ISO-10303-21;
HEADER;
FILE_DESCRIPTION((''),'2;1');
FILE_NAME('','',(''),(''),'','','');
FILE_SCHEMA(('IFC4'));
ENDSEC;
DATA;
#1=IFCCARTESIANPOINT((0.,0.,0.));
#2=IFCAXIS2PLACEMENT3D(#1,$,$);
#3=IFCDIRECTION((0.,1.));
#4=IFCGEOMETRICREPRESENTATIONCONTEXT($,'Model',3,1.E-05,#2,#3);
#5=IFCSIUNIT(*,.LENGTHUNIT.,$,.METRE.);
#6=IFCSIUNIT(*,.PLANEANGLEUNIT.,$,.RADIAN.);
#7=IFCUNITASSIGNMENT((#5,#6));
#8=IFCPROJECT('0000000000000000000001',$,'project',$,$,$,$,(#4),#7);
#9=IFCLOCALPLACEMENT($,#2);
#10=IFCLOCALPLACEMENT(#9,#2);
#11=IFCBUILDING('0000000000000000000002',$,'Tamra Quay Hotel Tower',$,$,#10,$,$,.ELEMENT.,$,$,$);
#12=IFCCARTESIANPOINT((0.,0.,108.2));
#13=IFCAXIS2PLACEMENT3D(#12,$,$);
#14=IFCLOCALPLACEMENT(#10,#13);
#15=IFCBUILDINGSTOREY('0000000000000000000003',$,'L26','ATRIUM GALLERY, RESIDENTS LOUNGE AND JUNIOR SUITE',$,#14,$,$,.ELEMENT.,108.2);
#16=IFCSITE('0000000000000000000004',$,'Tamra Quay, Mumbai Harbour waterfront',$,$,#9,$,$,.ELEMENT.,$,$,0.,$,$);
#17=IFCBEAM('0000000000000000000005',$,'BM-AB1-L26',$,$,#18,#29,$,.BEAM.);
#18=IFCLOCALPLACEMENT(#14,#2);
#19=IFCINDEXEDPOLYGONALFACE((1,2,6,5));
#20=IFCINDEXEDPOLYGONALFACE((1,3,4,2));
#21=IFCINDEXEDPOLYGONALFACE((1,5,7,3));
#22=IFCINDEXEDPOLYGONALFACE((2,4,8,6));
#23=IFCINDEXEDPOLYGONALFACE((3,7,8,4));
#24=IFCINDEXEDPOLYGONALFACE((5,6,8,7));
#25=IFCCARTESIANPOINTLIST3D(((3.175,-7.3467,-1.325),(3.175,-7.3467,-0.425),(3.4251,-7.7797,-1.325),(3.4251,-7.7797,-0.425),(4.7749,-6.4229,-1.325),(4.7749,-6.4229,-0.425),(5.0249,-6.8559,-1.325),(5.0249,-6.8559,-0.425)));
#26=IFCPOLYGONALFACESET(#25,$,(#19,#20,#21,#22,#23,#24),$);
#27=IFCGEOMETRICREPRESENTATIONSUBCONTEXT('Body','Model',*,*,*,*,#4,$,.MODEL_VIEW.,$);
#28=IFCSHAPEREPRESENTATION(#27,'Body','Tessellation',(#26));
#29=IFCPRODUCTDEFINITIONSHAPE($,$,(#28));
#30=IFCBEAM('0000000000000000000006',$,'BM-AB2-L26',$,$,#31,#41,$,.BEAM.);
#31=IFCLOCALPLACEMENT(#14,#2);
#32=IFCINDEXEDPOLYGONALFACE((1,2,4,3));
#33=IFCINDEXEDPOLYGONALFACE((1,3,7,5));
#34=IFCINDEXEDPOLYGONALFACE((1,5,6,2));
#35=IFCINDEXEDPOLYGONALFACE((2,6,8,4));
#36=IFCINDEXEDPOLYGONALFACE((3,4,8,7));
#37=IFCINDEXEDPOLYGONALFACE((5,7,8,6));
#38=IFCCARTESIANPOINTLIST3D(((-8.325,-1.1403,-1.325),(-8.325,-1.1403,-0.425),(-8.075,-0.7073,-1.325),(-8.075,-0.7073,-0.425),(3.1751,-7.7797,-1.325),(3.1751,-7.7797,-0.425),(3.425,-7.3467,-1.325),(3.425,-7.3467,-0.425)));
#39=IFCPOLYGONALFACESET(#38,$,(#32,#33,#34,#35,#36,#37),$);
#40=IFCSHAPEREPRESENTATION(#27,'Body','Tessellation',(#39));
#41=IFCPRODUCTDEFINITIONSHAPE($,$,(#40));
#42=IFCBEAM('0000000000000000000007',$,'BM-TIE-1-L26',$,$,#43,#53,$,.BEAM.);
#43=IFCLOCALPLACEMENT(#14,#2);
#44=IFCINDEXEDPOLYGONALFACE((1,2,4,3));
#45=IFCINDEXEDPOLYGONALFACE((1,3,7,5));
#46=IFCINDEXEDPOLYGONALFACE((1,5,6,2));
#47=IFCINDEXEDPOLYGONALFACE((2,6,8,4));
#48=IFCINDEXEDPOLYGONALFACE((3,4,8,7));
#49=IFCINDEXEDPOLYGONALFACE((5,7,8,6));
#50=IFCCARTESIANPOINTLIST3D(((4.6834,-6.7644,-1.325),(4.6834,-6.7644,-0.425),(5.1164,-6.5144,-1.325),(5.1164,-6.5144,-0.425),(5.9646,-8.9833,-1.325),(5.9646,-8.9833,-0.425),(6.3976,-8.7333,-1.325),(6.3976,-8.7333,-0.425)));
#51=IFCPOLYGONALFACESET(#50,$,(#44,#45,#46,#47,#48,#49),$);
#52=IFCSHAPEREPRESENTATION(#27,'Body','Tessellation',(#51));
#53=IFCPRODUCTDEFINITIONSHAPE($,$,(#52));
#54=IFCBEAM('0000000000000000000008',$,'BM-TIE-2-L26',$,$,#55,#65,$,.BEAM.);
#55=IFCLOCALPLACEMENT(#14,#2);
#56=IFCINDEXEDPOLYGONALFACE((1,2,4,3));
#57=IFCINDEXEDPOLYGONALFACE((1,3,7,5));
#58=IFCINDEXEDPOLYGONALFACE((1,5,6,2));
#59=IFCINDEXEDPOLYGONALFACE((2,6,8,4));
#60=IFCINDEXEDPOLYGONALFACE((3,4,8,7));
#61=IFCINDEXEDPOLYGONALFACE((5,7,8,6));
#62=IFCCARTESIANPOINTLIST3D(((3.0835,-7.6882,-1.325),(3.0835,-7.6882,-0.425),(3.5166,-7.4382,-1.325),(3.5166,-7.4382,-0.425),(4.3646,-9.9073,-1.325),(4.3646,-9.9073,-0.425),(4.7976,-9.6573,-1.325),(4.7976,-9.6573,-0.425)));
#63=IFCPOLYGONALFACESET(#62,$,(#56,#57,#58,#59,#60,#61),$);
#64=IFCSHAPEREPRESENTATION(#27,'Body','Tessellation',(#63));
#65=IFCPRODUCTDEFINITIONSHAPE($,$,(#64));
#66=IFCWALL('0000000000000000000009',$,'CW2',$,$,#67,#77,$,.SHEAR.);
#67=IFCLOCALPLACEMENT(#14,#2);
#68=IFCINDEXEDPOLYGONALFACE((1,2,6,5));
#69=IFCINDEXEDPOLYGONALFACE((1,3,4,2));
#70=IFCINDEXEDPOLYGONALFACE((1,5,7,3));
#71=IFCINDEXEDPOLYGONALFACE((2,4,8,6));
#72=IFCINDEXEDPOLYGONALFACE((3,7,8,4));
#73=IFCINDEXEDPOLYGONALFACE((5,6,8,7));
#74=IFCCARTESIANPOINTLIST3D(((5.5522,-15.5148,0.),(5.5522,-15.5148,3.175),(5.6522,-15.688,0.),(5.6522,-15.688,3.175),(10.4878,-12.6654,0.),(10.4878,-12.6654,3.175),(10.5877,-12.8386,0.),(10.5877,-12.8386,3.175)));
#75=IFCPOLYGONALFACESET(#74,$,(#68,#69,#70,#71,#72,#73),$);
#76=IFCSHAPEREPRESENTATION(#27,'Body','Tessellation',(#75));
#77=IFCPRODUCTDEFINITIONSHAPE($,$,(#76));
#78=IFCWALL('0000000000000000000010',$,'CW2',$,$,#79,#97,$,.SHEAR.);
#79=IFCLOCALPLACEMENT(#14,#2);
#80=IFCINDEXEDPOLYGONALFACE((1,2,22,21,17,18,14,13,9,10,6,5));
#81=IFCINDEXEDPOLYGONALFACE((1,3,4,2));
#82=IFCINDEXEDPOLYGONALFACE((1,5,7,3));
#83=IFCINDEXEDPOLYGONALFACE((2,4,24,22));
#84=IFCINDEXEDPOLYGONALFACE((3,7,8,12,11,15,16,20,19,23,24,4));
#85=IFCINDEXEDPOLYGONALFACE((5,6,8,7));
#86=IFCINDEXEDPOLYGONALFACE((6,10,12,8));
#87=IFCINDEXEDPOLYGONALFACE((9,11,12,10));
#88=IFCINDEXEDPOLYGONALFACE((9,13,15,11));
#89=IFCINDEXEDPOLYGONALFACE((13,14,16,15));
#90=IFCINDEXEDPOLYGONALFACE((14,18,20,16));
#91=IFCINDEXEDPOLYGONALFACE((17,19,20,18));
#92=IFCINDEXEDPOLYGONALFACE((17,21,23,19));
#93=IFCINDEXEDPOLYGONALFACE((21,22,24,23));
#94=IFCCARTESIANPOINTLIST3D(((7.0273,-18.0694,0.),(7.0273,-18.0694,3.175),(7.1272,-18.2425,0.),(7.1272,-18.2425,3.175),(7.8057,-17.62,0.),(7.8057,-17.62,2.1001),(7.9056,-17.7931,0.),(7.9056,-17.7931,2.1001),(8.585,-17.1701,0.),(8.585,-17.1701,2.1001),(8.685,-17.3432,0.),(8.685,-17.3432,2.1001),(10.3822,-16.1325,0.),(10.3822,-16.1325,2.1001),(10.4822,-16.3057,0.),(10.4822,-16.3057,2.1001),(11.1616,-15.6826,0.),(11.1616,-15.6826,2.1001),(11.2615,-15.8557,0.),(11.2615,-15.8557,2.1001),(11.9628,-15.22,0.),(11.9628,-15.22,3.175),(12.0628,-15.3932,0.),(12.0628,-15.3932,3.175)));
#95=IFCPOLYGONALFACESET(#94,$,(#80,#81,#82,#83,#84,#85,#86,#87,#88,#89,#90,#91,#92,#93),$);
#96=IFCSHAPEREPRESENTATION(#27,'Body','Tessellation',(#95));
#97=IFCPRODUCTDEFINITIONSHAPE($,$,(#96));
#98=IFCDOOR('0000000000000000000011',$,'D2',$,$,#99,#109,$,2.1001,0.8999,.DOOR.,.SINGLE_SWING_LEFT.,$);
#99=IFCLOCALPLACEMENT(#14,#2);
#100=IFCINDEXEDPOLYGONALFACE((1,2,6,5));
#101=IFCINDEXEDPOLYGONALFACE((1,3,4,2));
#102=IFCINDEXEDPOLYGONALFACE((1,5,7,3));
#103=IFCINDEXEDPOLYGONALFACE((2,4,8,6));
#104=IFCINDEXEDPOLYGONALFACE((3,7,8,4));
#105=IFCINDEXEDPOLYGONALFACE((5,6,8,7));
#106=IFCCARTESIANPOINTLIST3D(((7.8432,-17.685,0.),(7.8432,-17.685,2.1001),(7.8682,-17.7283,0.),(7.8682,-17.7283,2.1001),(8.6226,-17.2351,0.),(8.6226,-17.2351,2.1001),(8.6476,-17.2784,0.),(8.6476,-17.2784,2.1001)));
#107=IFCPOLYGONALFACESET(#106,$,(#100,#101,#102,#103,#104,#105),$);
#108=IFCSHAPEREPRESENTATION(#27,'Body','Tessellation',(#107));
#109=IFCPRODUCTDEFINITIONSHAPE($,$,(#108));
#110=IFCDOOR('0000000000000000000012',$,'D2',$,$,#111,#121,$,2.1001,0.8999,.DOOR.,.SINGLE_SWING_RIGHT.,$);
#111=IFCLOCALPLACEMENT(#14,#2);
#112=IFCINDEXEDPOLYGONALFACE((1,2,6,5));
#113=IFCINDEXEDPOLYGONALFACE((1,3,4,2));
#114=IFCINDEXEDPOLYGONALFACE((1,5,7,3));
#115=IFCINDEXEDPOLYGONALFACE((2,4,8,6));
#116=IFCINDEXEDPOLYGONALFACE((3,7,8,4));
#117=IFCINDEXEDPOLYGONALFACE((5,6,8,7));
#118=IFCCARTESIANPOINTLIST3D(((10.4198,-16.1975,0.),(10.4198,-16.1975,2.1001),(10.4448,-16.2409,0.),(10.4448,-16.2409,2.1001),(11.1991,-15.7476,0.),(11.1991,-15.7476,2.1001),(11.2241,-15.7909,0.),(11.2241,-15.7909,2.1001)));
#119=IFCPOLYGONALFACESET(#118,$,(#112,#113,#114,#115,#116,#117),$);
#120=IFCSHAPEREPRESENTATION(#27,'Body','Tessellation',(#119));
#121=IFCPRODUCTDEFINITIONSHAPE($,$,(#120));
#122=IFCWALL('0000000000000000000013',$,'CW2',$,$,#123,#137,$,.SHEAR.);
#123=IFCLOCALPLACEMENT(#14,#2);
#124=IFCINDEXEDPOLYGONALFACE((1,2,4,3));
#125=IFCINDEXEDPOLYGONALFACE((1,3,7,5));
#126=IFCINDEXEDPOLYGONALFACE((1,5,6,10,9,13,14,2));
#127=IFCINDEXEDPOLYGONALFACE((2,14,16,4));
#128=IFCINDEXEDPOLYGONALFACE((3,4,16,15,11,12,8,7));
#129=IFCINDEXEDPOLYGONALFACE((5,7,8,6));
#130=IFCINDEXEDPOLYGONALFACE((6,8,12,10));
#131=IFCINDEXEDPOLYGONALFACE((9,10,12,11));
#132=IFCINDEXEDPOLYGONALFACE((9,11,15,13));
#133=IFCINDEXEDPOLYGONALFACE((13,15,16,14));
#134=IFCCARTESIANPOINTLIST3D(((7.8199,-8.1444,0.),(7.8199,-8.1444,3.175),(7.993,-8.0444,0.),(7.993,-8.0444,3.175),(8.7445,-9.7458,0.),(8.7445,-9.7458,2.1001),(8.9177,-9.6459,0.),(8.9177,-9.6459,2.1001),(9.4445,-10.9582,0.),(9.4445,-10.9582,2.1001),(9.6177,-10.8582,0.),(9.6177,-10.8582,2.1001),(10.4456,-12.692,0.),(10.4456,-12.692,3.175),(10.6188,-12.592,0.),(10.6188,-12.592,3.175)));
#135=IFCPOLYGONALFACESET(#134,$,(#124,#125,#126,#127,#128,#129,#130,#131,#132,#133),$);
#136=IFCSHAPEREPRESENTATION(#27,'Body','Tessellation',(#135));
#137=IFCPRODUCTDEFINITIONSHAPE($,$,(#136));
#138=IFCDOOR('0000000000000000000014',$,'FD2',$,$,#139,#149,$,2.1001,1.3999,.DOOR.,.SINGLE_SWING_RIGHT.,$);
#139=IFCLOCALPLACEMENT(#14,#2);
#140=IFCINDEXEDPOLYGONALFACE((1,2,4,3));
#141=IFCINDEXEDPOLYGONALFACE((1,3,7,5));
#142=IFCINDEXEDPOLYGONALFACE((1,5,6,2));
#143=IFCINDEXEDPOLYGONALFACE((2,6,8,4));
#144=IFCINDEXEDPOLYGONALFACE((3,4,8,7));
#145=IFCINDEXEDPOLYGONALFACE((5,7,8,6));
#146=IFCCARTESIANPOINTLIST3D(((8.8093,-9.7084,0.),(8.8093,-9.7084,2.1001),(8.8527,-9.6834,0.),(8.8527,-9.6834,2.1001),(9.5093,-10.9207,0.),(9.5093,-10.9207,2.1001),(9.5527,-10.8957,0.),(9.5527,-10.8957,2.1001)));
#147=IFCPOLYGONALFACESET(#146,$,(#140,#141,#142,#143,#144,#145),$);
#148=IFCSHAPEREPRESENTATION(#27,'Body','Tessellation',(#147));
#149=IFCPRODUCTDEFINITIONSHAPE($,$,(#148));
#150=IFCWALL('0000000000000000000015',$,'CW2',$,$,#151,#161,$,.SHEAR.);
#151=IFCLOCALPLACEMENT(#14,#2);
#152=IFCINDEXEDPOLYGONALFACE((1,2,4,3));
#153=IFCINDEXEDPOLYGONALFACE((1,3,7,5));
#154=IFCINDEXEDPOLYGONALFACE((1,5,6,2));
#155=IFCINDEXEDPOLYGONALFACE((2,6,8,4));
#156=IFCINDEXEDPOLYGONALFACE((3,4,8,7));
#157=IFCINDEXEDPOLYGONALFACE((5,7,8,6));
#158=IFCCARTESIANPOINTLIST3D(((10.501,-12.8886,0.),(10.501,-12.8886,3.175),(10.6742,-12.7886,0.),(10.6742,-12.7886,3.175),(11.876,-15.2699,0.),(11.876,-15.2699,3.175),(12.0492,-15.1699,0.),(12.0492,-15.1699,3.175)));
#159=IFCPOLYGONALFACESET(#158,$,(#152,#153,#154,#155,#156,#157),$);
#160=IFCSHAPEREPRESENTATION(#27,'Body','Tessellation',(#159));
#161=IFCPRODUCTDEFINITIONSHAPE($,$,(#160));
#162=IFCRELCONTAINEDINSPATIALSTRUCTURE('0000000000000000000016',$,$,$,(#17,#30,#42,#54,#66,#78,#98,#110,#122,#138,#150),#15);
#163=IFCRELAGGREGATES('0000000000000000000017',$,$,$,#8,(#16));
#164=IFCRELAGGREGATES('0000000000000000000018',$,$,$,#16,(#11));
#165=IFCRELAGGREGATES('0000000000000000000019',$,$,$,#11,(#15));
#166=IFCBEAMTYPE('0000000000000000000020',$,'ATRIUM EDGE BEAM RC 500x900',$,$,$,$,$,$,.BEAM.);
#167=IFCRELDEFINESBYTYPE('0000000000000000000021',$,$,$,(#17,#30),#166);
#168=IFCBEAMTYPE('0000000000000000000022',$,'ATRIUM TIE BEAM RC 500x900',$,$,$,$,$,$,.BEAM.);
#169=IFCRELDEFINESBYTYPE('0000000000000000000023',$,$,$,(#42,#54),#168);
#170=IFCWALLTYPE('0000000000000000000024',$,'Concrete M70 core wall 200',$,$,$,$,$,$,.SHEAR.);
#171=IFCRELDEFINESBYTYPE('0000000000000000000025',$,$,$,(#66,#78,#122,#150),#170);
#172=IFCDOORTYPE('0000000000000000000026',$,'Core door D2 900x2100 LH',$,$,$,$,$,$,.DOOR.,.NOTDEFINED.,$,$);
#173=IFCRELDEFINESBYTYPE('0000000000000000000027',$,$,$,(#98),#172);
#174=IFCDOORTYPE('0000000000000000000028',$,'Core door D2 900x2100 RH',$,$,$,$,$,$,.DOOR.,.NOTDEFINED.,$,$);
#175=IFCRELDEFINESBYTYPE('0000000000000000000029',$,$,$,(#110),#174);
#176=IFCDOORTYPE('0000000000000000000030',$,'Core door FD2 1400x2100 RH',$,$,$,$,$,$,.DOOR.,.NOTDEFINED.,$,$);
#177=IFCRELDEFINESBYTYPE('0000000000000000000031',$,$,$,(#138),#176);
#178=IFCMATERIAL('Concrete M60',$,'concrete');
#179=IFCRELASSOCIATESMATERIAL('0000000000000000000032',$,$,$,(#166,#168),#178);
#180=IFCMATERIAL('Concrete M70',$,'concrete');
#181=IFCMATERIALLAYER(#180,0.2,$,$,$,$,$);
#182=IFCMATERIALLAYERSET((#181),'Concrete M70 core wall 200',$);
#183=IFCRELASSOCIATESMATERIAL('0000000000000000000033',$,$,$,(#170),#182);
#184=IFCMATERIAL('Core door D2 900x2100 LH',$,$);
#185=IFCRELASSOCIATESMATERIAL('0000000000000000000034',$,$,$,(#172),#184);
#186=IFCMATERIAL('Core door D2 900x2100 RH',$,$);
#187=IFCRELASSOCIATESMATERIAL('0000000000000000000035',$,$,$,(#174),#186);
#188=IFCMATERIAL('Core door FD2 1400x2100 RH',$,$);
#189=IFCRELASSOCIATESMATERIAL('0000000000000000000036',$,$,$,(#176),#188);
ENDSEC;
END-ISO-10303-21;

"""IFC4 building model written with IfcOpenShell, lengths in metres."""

from ifc_helpers import new_model, si_unit, direction, frame, frame_2d, origin, origin_2d, place, context, subcontext, project, spatial, rectangle, extrude, material, layer, layer_set, material_profile, profile_set, type_object, element, fill, save


model = new_model("IFC4")

# Units and contexts
model_context = context("Model", 3, precision=1e-05, world=origin(), true_north=direction((0.0, 1.0)))
body_context = subcontext(model_context, "Body", "Model", "MODEL_VIEW")
ifc_project = project(units=[si_unit("LENGTHUNIT", "METRE"), si_unit("PLANEANGLEUNIT", "RADIAN")], contexts=[model_context])

# Site, building, storey
site_placement = place(None, origin())
site = spatial("IfcSite", under=ifc_project, at=site_placement, Name="Tamra Quay, Mumbai Harbour waterfront", CompositionType="ELEMENT", RefElevation=0.0)
building_placement = place(site_placement, origin())
building = spatial("IfcBuilding", under=site, at=building_placement, Name="Tamra Quay Hotel Tower", CompositionType="ELEMENT")
storey_placement = place(building_placement, frame((0.0, 0.0, 108.2)))
storey = spatial("IfcBuildingStorey", under=building, at=storey_placement, Name="L26", Description="ATRIUM GALLERY, RESIDENTS LOUNGE AND JUNIOR SUITE", CompositionType="ELEMENT", Elevation=108.2)

# Beams
ifc_material_1 = material(Name="Concrete M60", Category="concrete")
ifc_material_profile_1 = material_profile(ifc_material_1, rectangle(XDim=0.5, YDim=0.8999, at=origin_2d()), Name="ATRIUM EDGE BEAM RC 500x900")
ifc_profile_set_1 = profile_set([ifc_material_profile_1], Name="Concrete M60")
beam_type_1 = type_object("IfcBeamType", Name="ATRIUM EDGE BEAM RC 500x900", PredefinedType="BEAM", material=ifc_profile_set_1)
beam_1_placement = place(storey_placement, frame((4.8999, -6.6394, -0.875), z_axis=(-0.86599, -0.500062, 0.0), x_axis=(0.500062, -0.86599, 0.0)))
element("IfcBeam", 1, at=beam_1_placement, inside=storey, type_object=beam_type_1, Name="BM-AB1-L26", PredefinedType="BEAM", context=body_context, shape_type="SweptSolid", body=[
    extrude(rectangle(XDim=0.5, YDim=0.8999, at=origin_2d()), origin(), (0.0, 0.0, 1.0), 1.8474),
])
beam_2_placement = place(storey_placement, frame((3.3, -7.5632, -0.875), z_axis=(-0.866029, 0.499993, 0.0), x_axis=(-0.499993, -0.866029, 0.0)))
element("IfcBeam", 2, at=beam_2_placement, inside=storey, type_object=beam_type_1, Name="BM-AB2-L26", PredefinedType="BEAM", context=body_context, shape_type="SweptSolid", body=[
    extrude(rectangle(XDim=0.5, YDim=0.8999, at=origin_2d()), origin(), (0.0, 0.0, 1.0), 13.2791),
])
ifc_material_profile_2 = material_profile(ifc_material_1, rectangle(XDim=0.5, YDim=0.8999, at=origin_2d()), Name="ATRIUM TIE BEAM RC 500x900")
ifc_profile_set_2 = profile_set([ifc_material_profile_2], Name="Concrete M60")
beam_type_2 = type_object("IfcBeamType", Name="ATRIUM TIE BEAM RC 500x900", PredefinedType="BEAM", material=ifc_profile_set_2)
for number, where, z_axis, x_axis, name in (
    (3, (4.8999, -6.6394, -0.875), (0.500033, -0.866006, 0.0), (0.866006, 0.500033, 0.0), "BM-TIE-1-L26"),
    (4, (3.3, -7.5632, -0.875), (0.499962, -0.866048, 0.0), (0.866048, 0.499962, 0.0), "BM-TIE-2-L26"),
):
    element("IfcBeam", number, at=place(storey_placement, frame(where, z_axis=z_axis, x_axis=x_axis)), inside=storey, type_object=beam_type_2, Name=name, PredefinedType="BEAM", context=body_context, shape_type="SweptSolid", body=[
        extrude(rectangle(XDim=0.5, YDim=0.8999, at=origin_2d()), origin(), (0.0, 0.0, 1.0), 2.5623),
    ])

# Wall
ifc_material_2 = material(Name="Concrete M70", Category="concrete")
ifc_layer_1 = layer(ifc_material_2, 0.2)
ifc_layer_set_1 = layer_set([ifc_layer_1], Name="Concrete M70 core wall 200")
wall_type_1 = type_object("IfcWallType", Name="Concrete M70 core wall 200", PredefinedType="SHEAR", material=ifc_layer_set_1)
wall_1_placement = place(storey_placement, frame((10.5378, -12.752, 0.0), z_axis=(0.0, 0.0, 1.0), x_axis=(-0.866039, -0.499977, 0.0)))
element("IfcWall", 5, at=wall_1_placement, inside=storey, type_object=wall_type_1, Name="CW2", PredefinedType="SHEAR", context=body_context, shape_type="SweptSolid", body=[
    extrude(rectangle(XDim=5.699, YDim=0.2, at=frame_2d((2.8496, 0.0))), origin(), (0.0, 0.0, 1.0), 3.175),
])

# Wall, openings, doors
wall_2_placement = place(storey_placement, frame((7.0771, -18.156, 0.0), z_axis=(0.0, 0.0, 1.0), x_axis=(0.866039, 0.499977, 0.0)))
wall_2 = element("IfcWall", 6, at=wall_2_placement, inside=storey, type_object=wall_type_1, Name="CW2", PredefinedType="SHEAR", context=body_context, shape_type="SweptSolid", body=[
    extrude(rectangle(XDim=5.699, YDim=0.2, at=frame_2d((2.8496, 0.0))), origin(), (0.0, 0.0, 1.0), 3.175),
])
opening_1_placement = place(wall_2_placement, frame((0.8989, 0.0, 0.0)))
opening_1 = element("IfcOpeningElement", 7, at=opening_1_placement, cuts=wall_2, PredefinedType="OPENING", context=body_context, shape_type="SweptSolid", body=[
    extrude(rectangle(XDim=0.8999, YDim=2.1001, at=frame_2d((0.45, 1.05))), frame((0.0, 0.1099, 0.0), z_axis=(0.0, -1.0, 0.0), x_axis=(1.0, 0.0, 0.0)), (0.0, 0.0, 1.0), 0.22),
])
opening_2_placement = place(wall_2_placement, frame((3.874, 0.0, 0.0)))
opening_2 = element("IfcOpeningElement", 8, at=opening_2_placement, cuts=wall_2, PredefinedType="OPENING", context=body_context, shape_type="SweptSolid", body=[
    extrude(rectangle(XDim=0.8999, YDim=2.1001, at=frame_2d((0.45, 1.05))), frame((0.0, 0.1099, 0.0), z_axis=(0.0, -1.0, 0.0), x_axis=(1.0, 0.0, 0.0)), (0.0, 0.0, 1.0), 0.22),
])
ifc_material_3 = material(Name="Core door D2 900x2100 LH")
door_type_1 = type_object("IfcDoorType", Name="Core door D2 900x2100 LH", OperationType="NOTDEFINED", PredefinedType="DOOR", material=ifc_material_3)
door_1_placement = place(opening_1_placement, origin())
door_1 = element("IfcDoor", 9, at=door_1_placement, inside=storey, type_object=door_type_1, Name="D2", OperationType="SINGLE_SWING_LEFT", OverallHeight=2.1001, OverallWidth=0.8999, PredefinedType="DOOR", context=body_context, shape_type="SweptSolid", body=[
    extrude(rectangle(XDim=0.8999, YDim=2.1001, at=frame_2d((0.45, 1.05))), frame((0.0, 0.0249, 0.0), z_axis=(0.0, -1.0, 0.0), x_axis=(1.0, 0.0, 0.0)), (0.0, 0.0, 1.0), 0.05),
])
fill(opening_1, door_1)
ifc_material_4 = material(Name="Core door D2 900x2100 RH")
door_type_2 = type_object("IfcDoorType", Name="Core door D2 900x2100 RH", OperationType="NOTDEFINED", PredefinedType="DOOR", material=ifc_material_4)
door_2_placement = place(opening_2_placement, origin())
door_2 = element("IfcDoor", 10, at=door_2_placement, inside=storey, type_object=door_type_2, Name="D2", OperationType="SINGLE_SWING_RIGHT", OverallHeight=2.1001, OverallWidth=0.8999, PredefinedType="DOOR", context=body_context, shape_type="SweptSolid", body=[
    extrude(rectangle(XDim=0.8999, YDim=2.1001, at=frame_2d((0.45, 1.05))), frame((0.0, 0.0249, 0.0), z_axis=(0.0, -1.0, 0.0), x_axis=(1.0, 0.0, 0.0)), (0.0, 0.0, 1.0), 0.05),
])
fill(opening_2, door_2)

# Wall, opening, door
wall_3_placement = place(storey_placement, frame((7.9065, -8.0945, 0.0), z_axis=(0.0, 0.0, 1.0), x_axis=(0.500024, -0.866011, 0.0)))
wall_3 = element("IfcWall", 11, at=wall_3_placement, inside=storey, type_object=wall_type_1, Name="CW2", PredefinedType="SHEAR", context=body_context, shape_type="SweptSolid", body=[
    extrude(rectangle(XDim=5.2512, YDim=0.2, at=frame_2d((2.6255, 0.0))), origin(), (0.0, 0.0, 1.0), 3.175),
])
opening_3_placement = place(wall_3_placement, frame((1.8491, 0.0, 0.0)))
opening_3 = element("IfcOpeningElement", 12, at=opening_3_placement, cuts=wall_3, PredefinedType="OPENING", context=body_context, shape_type="SweptSolid", body=[
    extrude(rectangle(XDim=1.3999, YDim=2.1001, at=frame_2d((0.7, 1.05))), frame((0.0, 0.1099, 0.0), z_axis=(0.0, -1.0, 0.0), x_axis=(1.0, 0.0, 0.0)), (0.0, 0.0, 1.0), 0.22),
])
ifc_material_5 = material(Name="Core door FD2 1400x2100 RH")
door_type_3 = type_object("IfcDoorType", Name="Core door FD2 1400x2100 RH", OperationType="NOTDEFINED", PredefinedType="DOOR", material=ifc_material_5)
door_3_placement = place(opening_3_placement, origin())
door_3 = element("IfcDoor", 13, at=door_3_placement, inside=storey, type_object=door_type_3, Name="FD2", OperationType="SINGLE_SWING_RIGHT", OverallHeight=2.1001, OverallWidth=1.3999, PredefinedType="DOOR", context=body_context, shape_type="SweptSolid", body=[
    extrude(rectangle(XDim=1.3999, YDim=2.1001, at=frame_2d((0.7, 1.05))), frame((0.0, 0.0249, 0.0), z_axis=(0.0, -1.0, 0.0), x_axis=(1.0, 0.0, 0.0)), (0.0, 0.0, 1.0), 0.05),
])
fill(opening_3, door_3)

# Wall
wall_4_placement = place(storey_placement, frame((11.9626, -15.22, 0.0), z_axis=(0.0, 0.0, 1.0), x_axis=(-0.500035, 0.866005, 0.0)))
element("IfcWall", 14, at=wall_4_placement, inside=storey, type_object=wall_type_1, Name="CW2", PredefinedType="SHEAR", context=body_context, shape_type="SweptSolid", body=[
    extrude(rectangle(XDim=2.7498, YDim=0.2, at=frame_2d((1.375, 0.0))), origin(), (0.0, 0.0, 1.0), 3.175),
])

save(model, "model.ifc")
